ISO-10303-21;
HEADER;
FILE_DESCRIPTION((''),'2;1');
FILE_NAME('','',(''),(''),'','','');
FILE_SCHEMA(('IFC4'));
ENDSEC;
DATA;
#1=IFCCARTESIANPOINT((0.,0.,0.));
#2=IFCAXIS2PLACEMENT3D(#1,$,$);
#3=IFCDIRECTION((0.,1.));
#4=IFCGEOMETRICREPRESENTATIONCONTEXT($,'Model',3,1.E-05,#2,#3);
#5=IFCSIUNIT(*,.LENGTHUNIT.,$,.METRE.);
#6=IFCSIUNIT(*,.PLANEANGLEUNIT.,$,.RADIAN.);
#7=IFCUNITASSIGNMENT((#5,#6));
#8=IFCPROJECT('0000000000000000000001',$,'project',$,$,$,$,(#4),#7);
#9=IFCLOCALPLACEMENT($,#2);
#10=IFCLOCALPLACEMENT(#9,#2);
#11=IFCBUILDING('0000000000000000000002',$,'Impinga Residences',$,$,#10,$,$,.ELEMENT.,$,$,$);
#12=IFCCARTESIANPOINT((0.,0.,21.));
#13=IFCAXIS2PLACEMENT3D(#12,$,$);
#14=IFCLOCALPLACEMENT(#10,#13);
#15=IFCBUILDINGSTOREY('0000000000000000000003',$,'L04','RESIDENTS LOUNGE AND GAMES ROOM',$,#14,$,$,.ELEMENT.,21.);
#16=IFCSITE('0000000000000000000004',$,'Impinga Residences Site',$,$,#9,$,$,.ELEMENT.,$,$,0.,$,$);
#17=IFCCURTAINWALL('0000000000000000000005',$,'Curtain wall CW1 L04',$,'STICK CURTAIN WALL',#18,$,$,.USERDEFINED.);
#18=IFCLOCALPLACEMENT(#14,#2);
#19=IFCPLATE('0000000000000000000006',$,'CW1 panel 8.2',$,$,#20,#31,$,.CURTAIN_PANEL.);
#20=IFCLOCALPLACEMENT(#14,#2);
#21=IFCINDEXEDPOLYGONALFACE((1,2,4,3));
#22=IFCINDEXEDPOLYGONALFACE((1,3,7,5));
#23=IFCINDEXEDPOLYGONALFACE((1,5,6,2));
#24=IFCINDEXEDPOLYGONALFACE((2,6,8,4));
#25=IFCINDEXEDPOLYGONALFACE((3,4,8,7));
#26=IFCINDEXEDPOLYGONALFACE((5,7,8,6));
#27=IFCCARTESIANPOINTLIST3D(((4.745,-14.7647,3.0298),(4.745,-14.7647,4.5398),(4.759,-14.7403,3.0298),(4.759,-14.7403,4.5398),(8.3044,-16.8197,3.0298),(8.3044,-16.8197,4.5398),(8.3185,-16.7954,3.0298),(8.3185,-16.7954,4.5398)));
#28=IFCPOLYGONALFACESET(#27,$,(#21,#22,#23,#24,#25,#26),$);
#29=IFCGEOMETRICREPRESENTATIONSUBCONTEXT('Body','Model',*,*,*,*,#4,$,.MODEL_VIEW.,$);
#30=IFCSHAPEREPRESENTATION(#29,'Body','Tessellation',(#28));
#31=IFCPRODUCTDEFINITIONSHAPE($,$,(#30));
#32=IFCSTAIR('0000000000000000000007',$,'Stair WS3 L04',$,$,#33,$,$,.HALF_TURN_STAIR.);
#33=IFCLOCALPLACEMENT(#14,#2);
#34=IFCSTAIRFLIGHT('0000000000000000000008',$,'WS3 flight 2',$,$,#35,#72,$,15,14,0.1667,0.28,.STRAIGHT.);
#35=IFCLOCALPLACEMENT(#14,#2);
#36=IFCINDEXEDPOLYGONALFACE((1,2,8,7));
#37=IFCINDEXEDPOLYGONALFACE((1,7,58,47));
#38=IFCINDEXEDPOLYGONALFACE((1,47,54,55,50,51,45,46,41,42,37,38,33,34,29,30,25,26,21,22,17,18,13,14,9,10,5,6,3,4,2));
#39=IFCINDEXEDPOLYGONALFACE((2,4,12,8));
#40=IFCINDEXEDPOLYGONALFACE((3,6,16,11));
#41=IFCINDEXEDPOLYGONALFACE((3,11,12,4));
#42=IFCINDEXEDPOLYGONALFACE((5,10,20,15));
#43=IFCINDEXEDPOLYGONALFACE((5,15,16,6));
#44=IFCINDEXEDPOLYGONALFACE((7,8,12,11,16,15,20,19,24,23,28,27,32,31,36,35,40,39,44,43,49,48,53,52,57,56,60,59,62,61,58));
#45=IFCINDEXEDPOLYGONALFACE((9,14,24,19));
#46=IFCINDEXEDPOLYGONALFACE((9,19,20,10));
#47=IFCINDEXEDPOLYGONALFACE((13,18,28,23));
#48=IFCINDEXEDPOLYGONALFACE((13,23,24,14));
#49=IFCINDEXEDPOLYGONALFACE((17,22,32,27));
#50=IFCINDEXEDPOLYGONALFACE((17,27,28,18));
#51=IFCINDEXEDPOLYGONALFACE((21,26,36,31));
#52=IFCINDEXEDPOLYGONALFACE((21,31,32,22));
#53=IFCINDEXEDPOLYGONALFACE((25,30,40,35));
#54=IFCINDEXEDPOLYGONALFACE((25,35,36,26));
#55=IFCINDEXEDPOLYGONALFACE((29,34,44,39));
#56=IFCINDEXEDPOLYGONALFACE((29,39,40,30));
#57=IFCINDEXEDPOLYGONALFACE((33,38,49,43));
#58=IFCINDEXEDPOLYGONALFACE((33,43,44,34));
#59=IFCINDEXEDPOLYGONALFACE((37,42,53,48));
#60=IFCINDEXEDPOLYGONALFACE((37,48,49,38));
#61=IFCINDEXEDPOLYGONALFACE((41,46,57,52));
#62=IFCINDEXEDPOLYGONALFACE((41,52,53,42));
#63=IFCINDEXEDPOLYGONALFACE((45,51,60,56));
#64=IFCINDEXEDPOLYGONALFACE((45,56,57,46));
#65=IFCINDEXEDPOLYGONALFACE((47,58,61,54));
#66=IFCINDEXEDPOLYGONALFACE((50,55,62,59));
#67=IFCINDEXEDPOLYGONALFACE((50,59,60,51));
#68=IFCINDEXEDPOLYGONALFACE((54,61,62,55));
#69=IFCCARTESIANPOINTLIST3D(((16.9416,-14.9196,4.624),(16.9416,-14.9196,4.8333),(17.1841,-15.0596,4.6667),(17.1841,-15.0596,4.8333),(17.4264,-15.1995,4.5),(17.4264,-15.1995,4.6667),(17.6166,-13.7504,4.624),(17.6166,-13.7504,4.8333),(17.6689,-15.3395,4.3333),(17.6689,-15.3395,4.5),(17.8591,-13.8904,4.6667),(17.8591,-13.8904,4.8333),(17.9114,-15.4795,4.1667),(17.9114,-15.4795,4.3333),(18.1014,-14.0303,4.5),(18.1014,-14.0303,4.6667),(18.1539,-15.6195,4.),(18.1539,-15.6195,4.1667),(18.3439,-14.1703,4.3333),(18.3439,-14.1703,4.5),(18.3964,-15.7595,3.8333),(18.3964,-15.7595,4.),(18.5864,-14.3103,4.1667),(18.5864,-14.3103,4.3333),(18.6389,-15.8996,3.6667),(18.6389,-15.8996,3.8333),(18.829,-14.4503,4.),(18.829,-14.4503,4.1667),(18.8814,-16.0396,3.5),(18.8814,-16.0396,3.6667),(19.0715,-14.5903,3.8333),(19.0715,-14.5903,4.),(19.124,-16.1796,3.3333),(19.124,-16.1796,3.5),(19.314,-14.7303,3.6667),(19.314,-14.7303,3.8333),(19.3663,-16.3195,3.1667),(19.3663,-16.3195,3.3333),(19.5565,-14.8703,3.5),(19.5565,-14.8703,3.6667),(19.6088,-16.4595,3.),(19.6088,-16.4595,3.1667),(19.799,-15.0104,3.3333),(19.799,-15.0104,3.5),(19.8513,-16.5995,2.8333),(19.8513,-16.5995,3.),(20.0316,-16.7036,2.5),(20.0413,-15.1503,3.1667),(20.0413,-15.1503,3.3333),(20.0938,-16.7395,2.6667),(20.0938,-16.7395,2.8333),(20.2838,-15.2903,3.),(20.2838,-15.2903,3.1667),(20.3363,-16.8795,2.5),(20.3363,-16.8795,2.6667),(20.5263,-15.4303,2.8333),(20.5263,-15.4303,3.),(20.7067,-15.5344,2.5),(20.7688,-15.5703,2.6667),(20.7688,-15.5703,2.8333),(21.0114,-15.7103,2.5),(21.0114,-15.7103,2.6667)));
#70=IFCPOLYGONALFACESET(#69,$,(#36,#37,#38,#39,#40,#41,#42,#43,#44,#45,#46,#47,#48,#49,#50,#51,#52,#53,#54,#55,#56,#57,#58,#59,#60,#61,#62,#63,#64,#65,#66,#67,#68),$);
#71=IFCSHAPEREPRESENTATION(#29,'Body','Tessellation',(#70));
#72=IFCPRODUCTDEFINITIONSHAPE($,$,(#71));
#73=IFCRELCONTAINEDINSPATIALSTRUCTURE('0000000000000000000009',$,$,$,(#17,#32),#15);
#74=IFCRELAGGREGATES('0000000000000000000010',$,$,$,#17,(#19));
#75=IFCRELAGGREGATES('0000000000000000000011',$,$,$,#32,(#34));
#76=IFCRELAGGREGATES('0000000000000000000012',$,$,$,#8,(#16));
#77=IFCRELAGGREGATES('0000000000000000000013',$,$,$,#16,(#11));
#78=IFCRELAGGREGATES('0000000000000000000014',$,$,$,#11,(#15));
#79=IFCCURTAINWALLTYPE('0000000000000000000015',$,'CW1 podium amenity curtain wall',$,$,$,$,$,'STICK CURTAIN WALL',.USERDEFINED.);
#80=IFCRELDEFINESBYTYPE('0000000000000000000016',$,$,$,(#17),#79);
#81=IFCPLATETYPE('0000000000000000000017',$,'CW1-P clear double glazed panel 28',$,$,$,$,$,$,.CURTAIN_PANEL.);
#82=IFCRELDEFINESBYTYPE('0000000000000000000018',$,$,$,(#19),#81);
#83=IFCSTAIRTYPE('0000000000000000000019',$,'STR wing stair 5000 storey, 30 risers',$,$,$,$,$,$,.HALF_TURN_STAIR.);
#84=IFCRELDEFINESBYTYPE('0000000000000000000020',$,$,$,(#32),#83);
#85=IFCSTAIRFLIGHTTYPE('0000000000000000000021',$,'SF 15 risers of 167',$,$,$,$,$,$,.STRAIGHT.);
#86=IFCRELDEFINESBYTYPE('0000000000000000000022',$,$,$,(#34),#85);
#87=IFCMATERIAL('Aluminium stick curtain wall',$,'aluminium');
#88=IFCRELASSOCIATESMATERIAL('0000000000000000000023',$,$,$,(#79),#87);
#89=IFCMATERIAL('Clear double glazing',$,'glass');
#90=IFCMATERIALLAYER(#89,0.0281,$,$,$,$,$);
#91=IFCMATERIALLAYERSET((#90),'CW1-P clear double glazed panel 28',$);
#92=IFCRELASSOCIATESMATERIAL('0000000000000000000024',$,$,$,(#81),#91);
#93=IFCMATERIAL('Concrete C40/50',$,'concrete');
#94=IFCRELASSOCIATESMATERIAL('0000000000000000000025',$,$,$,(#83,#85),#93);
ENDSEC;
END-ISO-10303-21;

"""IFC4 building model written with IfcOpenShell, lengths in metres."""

from ifc_helpers import new_model, si_unit, direction, frame, origin, origin_2d, place, context, subcontext, project, spatial, polyline, rectangle, outline, extrude, material, layer, layer_set, type_object, element, aggregate, save


model = new_model("IFC4")

# Units and contexts
model_context = context("Model", 3, precision=1e-05, world=origin(), true_north=direction((0.0, 1.0)))
body_context = subcontext(model_context, "Body", "Model", "MODEL_VIEW")
ifc_project = project(units=[si_unit("LENGTHUNIT", "METRE"), si_unit("PLANEANGLEUNIT", "RADIAN")], contexts=[model_context])

# Site, building, storey
site_placement = place(None, origin())
site = spatial("IfcSite", under=ifc_project, at=site_placement, Name="Impinga Residences Site", CompositionType="ELEMENT", RefElevation=0.0)
building_placement = place(site_placement, origin())
building = spatial("IfcBuilding", under=site, at=building_placement, Name="Impinga Residences", CompositionType="ELEMENT")
storey_placement = place(building_placement, frame((0.0, 0.0, 21.0)))
storey = spatial("IfcBuildingStorey", under=building, at=storey_placement, Name="L04", Description="RESIDENTS LOUNGE AND GAMES ROOM", CompositionType="ELEMENT", Elevation=21.0)

# Curtain wall
ifc_material_1 = material(Name="Aluminium stick curtain wall", Category="aluminium")
curtain_wall_type = type_object("IfcCurtainWallType", Name="CW1 podium amenity curtain wall", ElementType="STICK CURTAIN WALL", PredefinedType="USERDEFINED", material=ifc_material_1)
curtain_wall_placement = place(storey_placement, origin())
curtain_wall = element("IfcCurtainWall", 1, at=curtain_wall_placement, inside=storey, type_object=curtain_wall_type, Name="Curtain wall CW1 L04", ObjectType="STICK CURTAIN WALL", PredefinedType="USERDEFINED")

# Plate
ifc_material_2 = material(Name="Clear double glazing", Category="glass")
ifc_layer = layer(ifc_material_2, 0.0281)
ifc_layer_set = layer_set([ifc_layer], Name="CW1-P clear double glazed panel 28")
plate_type = type_object("IfcPlateType", Name="CW1-P clear double glazed panel 28", PredefinedType="CURTAIN_PANEL", material=ifc_layer_set)
plate_1_placement = place(storey_placement, frame((6.5317, -15.78, 3.0298), z_axis=(0.0, 0.0, 1.0), x_axis=(-0.866025, 0.5, 0.0)))
plate_1 = element("IfcPlate", 2, at=plate_1_placement, type_object=plate_type, Name="CW1 panel 8.2", PredefinedType="CURTAIN_PANEL", context=body_context, shape_type="SweptSolid", body=[
    extrude(rectangle(XDim=4.1101, YDim=0.0281, at=origin_2d()), origin(), (0.0, 0.0, 1.0), 1.51),
])
aggregate(curtain_wall, [plate_1])

# Stair, stair flight
ifc_material_3 = material(Name="Concrete C40/50", Category="concrete")
stair_type = type_object("IfcStairType", Name="STR wing stair 5000 storey, 30 risers", PredefinedType="HALF_TURN_STAIR", material=ifc_material_3)
stair_placement = place(storey_placement, origin())
stair = element("IfcStair", 3, at=stair_placement, inside=storey, type_object=stair_type, Name="Stair WS3 L04", PredefinedType="HALF_TURN_STAIR")
stair_flight_type = type_object("IfcStairFlightType", Name="SF 15 risers of 167", PredefinedType="STRAIGHT", material=ifc_material_3)
stair_flight_placement = place(storey_placement, frame((20.6738, -16.2949, 2.5), z_axis=(0.0, 0.0, 1.0), x_axis=(-0.866025, 0.5, 0.0)))
stair_flight = element("IfcStairFlight", 4, at=stair_flight_placement, type_object=stair_flight_type, Name="WS3 flight 2", NumberOfRisers=15, NumberOfTreads=14, PredefinedType="STRAIGHT", RiserHeight=0.1667, TreadLength=0.28, context=body_context, shape_type="SweptSolid", body=[
    extrude(outline(polyline([(0.0, 0.0), (0.0, 0.1667), (0.28, 0.1667), (0.28, 0.3333), (0.5601, 0.3333), (0.5601, 0.5), (0.8401, 0.5), (0.8401, 0.6667), (1.1201, 0.6667), (1.1201, 0.8333), (1.3999, 0.8333), (1.3999, 1.0), (1.6799, 1.0), (1.6799, 1.1667), (1.96, 1.1667), (1.96, 1.3333), (2.24, 1.3333), (2.24, 1.5), (2.52, 1.5), (2.52, 1.6667), (2.8, 1.6667), (2.8, 1.8333), (3.0801, 1.8333), (3.0801, 2.0), (3.3601, 2.0), (3.3601, 2.1667), (3.6399, 2.1667), (3.6399, 2.3333), (3.9199, 2.3333), (3.9199, 2.5), (3.9199, 2.124), (0.3518, 0.0), (0.0, 0.0)])), frame((0.0, 0.675, 0.0), z_axis=(0.0, -1.0, 0.0), x_axis=(1.0, 0.0, 0.0)), (0.0, 0.0, 1.0), 1.3501),
])
aggregate(stair, [stair_flight])

save(model, "model.ifc")
